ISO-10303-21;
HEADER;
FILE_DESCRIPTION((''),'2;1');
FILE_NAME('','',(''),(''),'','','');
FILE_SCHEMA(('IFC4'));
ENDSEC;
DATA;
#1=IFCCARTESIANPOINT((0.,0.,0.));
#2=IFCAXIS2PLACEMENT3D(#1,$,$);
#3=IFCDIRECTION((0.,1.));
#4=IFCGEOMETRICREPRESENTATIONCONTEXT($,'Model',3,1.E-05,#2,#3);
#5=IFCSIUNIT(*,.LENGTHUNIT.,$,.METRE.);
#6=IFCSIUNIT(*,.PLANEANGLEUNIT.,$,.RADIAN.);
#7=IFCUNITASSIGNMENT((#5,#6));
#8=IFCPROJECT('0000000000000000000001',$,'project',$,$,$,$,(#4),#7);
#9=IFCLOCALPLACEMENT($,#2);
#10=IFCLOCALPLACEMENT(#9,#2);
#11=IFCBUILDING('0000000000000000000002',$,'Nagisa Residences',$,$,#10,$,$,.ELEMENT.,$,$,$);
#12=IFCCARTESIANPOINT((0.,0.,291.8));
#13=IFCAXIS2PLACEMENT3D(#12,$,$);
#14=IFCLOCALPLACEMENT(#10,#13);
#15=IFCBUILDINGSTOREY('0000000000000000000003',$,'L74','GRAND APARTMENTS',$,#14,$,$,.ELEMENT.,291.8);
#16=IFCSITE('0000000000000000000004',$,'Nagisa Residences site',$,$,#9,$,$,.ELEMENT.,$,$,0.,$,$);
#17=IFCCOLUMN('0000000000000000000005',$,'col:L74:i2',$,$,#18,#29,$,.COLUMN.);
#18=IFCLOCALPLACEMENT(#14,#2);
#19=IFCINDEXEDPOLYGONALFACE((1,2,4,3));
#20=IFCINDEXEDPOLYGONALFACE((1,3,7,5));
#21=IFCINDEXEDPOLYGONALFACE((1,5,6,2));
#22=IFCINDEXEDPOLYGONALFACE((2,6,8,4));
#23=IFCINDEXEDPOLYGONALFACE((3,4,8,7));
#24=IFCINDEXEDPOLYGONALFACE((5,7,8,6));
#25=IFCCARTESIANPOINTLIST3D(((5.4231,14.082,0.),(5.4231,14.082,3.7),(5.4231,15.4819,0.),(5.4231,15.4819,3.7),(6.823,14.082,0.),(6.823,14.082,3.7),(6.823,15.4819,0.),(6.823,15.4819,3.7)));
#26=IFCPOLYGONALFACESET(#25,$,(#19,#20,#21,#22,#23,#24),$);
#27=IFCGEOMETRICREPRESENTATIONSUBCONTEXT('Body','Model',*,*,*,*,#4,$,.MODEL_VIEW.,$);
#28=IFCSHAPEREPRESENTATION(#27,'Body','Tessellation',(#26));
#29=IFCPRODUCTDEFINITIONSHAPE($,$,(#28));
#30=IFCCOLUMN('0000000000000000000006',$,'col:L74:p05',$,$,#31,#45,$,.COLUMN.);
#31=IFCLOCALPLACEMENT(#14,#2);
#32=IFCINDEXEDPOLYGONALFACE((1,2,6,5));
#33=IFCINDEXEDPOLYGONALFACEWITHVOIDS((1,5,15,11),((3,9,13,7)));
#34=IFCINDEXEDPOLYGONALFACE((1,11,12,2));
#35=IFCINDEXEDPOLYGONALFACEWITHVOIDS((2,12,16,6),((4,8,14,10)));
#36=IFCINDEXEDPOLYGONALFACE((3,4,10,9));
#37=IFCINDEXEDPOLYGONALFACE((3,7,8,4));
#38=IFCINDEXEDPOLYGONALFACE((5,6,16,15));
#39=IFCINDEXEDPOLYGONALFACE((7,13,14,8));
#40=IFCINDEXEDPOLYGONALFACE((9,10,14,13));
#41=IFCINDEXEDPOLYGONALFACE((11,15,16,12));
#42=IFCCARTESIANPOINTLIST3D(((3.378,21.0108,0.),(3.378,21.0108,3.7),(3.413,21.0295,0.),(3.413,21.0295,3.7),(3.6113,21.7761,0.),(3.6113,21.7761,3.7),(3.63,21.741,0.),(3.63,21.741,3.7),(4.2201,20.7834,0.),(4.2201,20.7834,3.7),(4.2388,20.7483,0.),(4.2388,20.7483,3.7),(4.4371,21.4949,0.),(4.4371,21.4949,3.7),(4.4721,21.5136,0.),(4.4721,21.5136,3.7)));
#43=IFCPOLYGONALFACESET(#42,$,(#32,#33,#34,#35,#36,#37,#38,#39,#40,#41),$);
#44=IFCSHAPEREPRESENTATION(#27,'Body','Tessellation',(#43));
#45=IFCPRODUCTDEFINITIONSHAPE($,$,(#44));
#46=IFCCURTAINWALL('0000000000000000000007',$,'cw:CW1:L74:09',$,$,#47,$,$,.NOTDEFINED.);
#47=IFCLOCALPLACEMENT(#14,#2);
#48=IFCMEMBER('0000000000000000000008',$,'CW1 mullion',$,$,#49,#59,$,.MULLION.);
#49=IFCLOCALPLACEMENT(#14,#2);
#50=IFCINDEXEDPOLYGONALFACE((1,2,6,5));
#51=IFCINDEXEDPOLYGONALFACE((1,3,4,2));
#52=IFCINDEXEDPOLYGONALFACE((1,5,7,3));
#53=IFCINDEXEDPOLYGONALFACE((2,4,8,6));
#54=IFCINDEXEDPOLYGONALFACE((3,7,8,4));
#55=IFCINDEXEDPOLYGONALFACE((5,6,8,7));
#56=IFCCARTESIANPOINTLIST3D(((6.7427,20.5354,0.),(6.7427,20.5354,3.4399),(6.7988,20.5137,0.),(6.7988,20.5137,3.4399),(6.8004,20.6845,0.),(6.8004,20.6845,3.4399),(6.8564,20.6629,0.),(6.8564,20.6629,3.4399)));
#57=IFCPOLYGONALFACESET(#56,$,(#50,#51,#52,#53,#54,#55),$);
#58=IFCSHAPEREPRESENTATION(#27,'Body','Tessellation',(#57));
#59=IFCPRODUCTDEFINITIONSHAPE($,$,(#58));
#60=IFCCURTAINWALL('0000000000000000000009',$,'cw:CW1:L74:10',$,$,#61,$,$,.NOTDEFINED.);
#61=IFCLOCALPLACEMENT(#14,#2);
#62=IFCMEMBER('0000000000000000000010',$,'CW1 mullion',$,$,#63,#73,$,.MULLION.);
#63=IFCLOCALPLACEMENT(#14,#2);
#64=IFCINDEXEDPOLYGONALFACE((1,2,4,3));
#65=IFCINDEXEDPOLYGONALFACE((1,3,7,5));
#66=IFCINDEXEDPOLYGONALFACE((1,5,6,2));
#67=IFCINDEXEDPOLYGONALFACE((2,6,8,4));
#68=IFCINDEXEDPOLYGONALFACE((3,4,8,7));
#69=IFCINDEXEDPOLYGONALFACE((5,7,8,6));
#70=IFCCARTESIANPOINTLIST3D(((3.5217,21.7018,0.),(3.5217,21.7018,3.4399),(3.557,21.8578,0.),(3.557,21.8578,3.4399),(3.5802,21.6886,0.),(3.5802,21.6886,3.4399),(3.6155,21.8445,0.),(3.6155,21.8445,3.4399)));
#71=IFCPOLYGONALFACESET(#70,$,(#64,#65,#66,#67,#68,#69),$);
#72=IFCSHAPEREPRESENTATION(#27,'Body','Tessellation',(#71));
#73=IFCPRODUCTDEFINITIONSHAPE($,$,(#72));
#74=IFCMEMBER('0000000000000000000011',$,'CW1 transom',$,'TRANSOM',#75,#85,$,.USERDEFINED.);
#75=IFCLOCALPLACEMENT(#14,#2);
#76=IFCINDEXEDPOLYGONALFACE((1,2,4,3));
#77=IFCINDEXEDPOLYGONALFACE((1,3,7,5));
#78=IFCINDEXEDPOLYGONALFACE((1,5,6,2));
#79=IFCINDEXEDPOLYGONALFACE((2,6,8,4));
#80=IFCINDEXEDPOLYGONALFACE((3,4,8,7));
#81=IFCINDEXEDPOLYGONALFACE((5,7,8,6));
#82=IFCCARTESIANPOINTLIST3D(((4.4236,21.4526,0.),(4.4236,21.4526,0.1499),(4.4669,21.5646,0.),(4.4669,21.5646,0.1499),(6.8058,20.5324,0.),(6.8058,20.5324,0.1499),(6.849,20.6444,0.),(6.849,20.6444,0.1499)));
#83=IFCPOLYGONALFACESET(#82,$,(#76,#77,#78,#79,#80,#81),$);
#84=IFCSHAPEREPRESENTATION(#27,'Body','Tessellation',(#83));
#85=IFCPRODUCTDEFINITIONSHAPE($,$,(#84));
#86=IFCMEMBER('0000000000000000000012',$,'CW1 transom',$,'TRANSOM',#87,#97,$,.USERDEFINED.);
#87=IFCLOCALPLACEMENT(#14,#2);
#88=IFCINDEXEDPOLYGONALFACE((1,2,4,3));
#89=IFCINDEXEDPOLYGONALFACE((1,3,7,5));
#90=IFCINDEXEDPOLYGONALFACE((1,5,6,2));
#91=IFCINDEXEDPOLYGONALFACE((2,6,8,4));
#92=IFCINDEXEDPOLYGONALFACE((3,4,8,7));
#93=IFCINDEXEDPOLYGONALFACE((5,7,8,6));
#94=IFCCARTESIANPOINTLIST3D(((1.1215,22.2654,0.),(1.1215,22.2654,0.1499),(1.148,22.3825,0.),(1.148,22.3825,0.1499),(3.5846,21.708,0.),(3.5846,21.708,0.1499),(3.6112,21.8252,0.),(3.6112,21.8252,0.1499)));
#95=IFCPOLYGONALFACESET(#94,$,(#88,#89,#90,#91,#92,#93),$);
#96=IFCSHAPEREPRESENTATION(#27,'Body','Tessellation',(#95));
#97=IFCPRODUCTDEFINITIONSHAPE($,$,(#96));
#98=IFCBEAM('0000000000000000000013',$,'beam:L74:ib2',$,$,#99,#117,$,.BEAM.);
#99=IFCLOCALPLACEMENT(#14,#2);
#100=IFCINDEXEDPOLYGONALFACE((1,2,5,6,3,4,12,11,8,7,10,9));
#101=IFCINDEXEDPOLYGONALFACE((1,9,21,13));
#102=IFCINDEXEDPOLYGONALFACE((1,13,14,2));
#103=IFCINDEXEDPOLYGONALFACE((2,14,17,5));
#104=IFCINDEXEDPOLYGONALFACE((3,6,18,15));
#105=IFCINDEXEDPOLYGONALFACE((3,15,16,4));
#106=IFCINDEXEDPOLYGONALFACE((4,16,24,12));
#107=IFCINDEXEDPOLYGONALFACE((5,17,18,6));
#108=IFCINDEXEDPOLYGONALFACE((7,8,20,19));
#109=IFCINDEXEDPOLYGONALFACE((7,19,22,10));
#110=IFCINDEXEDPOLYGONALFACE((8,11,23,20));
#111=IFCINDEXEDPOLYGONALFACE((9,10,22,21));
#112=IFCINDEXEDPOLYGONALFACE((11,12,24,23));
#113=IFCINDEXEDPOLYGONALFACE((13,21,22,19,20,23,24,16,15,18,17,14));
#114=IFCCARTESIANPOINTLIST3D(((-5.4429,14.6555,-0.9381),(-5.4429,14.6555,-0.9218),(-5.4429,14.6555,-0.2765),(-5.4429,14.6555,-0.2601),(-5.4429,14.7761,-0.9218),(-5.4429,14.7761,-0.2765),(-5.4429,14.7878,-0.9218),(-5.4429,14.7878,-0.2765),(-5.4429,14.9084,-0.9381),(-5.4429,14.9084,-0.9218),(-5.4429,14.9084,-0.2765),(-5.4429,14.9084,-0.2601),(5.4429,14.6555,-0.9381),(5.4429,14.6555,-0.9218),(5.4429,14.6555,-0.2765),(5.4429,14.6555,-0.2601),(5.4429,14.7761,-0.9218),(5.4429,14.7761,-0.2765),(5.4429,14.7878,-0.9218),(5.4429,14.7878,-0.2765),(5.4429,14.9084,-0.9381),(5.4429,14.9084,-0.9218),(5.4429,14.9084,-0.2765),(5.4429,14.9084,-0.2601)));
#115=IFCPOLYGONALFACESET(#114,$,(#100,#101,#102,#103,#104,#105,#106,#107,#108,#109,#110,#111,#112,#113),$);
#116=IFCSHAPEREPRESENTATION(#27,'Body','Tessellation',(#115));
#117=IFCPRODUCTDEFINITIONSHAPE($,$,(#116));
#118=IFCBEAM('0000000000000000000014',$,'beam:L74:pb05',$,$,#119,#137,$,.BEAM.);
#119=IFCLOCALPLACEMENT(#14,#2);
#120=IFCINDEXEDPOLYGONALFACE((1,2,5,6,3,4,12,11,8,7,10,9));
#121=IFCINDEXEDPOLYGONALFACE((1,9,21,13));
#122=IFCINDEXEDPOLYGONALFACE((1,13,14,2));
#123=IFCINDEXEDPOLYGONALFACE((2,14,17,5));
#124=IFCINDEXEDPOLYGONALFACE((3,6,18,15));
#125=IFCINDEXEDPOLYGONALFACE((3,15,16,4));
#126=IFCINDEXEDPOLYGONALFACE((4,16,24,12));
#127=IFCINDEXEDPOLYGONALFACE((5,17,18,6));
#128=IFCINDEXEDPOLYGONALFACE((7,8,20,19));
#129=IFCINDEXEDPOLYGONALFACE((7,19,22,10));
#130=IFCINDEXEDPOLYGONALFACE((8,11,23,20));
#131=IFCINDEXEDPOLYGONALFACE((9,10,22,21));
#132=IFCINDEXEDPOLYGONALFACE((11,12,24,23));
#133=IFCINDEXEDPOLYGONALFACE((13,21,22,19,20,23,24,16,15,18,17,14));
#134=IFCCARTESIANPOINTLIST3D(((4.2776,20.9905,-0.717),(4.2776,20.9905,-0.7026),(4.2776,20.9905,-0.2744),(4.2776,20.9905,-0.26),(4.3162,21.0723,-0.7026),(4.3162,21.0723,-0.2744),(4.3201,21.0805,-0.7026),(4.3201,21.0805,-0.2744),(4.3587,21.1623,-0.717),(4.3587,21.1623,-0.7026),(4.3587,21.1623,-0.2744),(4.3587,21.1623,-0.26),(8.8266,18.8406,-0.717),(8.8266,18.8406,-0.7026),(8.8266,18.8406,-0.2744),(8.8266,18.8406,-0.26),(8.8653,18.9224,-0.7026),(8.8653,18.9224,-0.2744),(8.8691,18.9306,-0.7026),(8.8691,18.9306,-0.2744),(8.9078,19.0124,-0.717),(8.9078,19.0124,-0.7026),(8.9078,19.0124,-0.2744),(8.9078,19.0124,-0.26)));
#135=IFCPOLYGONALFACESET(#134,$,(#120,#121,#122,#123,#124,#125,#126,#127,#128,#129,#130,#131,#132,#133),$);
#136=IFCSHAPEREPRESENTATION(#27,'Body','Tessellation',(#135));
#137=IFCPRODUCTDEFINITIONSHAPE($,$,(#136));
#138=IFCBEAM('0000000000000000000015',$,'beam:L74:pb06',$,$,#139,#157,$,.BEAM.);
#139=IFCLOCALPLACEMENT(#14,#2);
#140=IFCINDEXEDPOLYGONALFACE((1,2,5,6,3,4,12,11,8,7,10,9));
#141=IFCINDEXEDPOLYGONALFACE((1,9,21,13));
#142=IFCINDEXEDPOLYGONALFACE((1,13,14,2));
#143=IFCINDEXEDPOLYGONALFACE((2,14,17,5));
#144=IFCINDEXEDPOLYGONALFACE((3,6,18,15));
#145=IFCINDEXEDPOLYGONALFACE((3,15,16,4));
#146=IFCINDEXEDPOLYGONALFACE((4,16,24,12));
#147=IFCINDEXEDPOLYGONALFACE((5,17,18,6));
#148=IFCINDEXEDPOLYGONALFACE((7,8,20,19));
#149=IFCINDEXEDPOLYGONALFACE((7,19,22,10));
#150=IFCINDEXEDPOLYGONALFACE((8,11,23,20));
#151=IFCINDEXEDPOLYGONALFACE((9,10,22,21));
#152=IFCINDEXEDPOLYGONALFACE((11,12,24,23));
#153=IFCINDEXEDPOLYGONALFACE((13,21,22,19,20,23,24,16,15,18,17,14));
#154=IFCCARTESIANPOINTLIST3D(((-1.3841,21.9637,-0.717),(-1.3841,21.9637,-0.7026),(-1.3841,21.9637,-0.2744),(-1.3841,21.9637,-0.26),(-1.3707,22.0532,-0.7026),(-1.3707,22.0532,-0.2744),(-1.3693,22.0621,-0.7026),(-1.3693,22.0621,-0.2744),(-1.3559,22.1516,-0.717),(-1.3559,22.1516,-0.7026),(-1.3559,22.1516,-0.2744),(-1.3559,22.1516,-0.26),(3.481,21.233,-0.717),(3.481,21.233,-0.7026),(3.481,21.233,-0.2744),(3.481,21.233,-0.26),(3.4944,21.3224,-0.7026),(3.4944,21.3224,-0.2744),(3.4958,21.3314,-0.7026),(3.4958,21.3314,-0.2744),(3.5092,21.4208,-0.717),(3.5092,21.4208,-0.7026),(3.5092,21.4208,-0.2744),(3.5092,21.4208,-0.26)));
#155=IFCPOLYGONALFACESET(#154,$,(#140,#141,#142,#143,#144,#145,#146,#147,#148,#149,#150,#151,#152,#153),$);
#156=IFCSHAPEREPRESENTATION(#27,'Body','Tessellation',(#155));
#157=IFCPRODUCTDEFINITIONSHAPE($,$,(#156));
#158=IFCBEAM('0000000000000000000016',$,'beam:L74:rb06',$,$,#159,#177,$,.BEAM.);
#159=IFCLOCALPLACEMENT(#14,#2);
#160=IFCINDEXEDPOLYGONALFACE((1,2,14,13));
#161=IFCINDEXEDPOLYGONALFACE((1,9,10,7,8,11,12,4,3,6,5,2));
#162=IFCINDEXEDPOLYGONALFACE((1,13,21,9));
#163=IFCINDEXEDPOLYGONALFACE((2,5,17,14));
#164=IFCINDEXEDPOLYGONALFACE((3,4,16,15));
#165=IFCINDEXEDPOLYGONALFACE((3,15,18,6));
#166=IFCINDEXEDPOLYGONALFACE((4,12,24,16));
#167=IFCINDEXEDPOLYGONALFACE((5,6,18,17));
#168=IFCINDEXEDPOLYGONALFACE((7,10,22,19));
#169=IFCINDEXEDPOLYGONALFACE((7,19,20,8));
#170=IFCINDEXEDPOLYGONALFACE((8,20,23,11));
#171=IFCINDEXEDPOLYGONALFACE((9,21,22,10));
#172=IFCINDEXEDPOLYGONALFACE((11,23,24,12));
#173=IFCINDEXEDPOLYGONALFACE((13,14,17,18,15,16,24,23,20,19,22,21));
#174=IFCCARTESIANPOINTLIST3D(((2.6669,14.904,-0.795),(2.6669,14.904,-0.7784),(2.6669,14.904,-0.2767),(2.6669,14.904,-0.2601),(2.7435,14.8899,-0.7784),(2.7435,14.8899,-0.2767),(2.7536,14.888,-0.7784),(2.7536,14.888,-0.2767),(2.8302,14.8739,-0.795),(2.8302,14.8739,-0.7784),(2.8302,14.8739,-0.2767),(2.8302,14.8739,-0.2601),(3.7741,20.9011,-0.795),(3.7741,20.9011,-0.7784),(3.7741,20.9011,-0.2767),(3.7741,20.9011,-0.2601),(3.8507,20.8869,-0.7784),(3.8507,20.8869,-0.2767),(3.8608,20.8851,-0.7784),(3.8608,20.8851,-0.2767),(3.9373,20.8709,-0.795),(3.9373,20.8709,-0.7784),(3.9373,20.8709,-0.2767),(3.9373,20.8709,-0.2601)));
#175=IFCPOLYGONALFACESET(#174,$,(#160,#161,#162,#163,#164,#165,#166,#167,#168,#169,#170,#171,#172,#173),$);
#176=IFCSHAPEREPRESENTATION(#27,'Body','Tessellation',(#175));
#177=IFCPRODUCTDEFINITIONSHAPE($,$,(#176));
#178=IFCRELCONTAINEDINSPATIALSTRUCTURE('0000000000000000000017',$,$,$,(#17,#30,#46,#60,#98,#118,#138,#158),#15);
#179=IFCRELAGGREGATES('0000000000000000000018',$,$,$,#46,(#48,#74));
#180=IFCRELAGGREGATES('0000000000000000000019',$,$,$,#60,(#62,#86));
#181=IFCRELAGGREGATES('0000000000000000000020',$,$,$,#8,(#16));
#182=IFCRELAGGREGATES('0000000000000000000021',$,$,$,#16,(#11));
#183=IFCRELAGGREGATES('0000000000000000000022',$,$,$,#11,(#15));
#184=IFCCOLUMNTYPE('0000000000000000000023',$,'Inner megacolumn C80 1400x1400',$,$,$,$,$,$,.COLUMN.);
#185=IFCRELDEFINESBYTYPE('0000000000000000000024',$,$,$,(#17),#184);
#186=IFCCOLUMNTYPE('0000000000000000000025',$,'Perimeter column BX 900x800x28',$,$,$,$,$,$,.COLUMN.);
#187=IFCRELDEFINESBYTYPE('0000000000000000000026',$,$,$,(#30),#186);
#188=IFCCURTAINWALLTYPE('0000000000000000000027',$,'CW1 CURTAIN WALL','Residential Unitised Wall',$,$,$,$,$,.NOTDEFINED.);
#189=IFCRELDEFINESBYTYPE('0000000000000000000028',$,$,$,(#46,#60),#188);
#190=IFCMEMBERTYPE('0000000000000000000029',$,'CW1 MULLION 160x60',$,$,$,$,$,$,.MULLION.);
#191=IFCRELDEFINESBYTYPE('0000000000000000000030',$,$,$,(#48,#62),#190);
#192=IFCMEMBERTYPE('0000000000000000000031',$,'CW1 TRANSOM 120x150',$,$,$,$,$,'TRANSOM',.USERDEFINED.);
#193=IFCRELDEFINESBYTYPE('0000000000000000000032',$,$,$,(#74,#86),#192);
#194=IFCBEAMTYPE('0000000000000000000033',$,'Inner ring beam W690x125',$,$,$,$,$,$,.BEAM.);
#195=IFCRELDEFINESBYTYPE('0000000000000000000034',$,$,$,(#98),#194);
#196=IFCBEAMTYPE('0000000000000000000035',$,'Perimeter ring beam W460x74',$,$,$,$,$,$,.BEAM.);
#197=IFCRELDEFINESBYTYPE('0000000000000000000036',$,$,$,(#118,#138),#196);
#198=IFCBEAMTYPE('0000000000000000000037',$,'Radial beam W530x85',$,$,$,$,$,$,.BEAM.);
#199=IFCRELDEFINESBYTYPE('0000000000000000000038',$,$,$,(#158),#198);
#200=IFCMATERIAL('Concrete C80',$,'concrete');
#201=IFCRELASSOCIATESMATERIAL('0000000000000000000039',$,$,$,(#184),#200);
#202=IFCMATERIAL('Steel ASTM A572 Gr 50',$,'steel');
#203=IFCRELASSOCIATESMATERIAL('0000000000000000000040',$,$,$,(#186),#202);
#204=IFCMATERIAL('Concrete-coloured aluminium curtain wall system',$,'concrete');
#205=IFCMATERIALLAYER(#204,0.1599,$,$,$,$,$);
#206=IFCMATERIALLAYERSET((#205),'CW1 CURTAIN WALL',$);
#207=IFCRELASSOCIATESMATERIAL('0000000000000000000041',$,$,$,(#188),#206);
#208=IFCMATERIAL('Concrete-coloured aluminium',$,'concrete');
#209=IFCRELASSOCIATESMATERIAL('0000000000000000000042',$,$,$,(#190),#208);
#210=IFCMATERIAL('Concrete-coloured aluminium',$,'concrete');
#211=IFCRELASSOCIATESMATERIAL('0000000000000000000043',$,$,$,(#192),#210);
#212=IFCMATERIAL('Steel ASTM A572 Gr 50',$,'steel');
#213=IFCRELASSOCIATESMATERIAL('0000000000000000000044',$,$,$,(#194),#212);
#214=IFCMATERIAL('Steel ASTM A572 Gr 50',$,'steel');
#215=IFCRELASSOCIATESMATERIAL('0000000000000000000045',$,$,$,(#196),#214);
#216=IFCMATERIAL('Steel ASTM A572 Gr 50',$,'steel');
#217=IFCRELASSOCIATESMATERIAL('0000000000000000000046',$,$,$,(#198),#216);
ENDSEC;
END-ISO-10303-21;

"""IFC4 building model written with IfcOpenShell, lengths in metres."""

from ifc_helpers import new_model, si_unit, direction, frame, origin, origin_2d, place, context, subcontext, project, spatial, rectangle, hollow_rectangle, i_section, extrude, material, layer, layer_set, material_profile, profile_set, type_object, element, aggregate, save


model = new_model("IFC4")

# Units and contexts
model_context = context("Model", 3, precision=1e-05, world=origin(), true_north=direction((0.0, 1.0)))
body_context = subcontext(model_context, "Body", "Model", "MODEL_VIEW")
ifc_project = project(units=[si_unit("LENGTHUNIT", "METRE"), si_unit("PLANEANGLEUNIT", "RADIAN")], contexts=[model_context])

# Site, building, storey
site_placement = place(None, origin())
site = spatial("IfcSite", under=ifc_project, at=site_placement, Name="Nagisa Residences site", CompositionType="ELEMENT", RefElevation=0.0)
building_placement = place(site_placement, origin())
building = spatial("IfcBuilding", under=site, at=building_placement, Name="Nagisa Residences", CompositionType="ELEMENT")
storey_placement = place(building_placement, frame((0.0, 0.0, 291.8)))
storey = spatial("IfcBuildingStorey", under=building, at=storey_placement, Name="L74", Description="GRAND APARTMENTS", CompositionType="ELEMENT", Elevation=291.8)

# Columns
ifc_material_1 = material(Name="Concrete C80", Category="concrete")
ifc_material_profile_1 = material_profile(ifc_material_1, rectangle(XDim=1.3999, YDim=1.3999, at=origin_2d()), Name="C80 1400x1400")
ifc_profile_set_1 = profile_set([ifc_material_profile_1], Name="Concrete C80")
column_type_1 = type_object("IfcColumnType", Name="Inner megacolumn C80 1400x1400", PredefinedType="COLUMN", material=ifc_profile_set_1)
column_1_placement = place(storey_placement, frame((6.123, 14.782, 0.0), z_axis=(0.0, 0.0, 1.0), x_axis=(1.0, 0.0, 0.0)))
element("IfcColumn", 1, at=column_1_placement, inside=storey, type_object=column_type_1, Name="col:L74:i2", PredefinedType="COLUMN", context=body_context, shape_type="SweptSolid", body=[
    extrude(rectangle(XDim=1.3999, YDim=1.3999, at=origin_2d()), origin(), (0.0, 0.0, 1.0), 3.7),
])
ifc_material_2 = material(Name="Steel ASTM A572 Gr 50", Category="steel")
ifc_material_profile_2 = material_profile(ifc_material_2, hollow_rectangle(XDim=0.8999, YDim=0.8, WallThickness=0.0281, at=origin_2d()), Name="BX 900x800x28")
ifc_profile_set_2 = profile_set([ifc_material_profile_2], Name="Steel ASTM A572 Gr 50")
column_type_2 = type_object("IfcColumnType", Name="Perimeter column BX 900x800x28", PredefinedType="COLUMN", material=ifc_profile_set_2)
column_2_placement = place(storey_placement, frame((3.925, 21.2622, 0.0), z_axis=(0.0, 0.0, 1.0), x_axis=(-0.956525, 0.291652, 0.0)))
element("IfcColumn", 2, at=column_2_placement, inside=storey, type_object=column_type_2, Name="col:L74:p05", PredefinedType="COLUMN", context=body_context, shape_type="SweptSolid", body=[
    extrude(hollow_rectangle(XDim=0.8999, YDim=0.8, WallThickness=0.0281, at=origin_2d()), origin(), (0.0, 0.0, 1.0), 3.7),
])

# Curtain walls, members
ifc_material_3 = material(Name="Concrete-coloured aluminium curtain wall system", Category="concrete")
ifc_layer_1 = layer(ifc_material_3, 0.1599)
ifc_layer_set_1 = layer_set([ifc_layer_1], Name="CW1 CURTAIN WALL")
curtain_wall_type = type_object("IfcCurtainWallType", Name="CW1 CURTAIN WALL", Description="Residential Unitised Wall", PredefinedType="NOTDEFINED", material=ifc_layer_set_1)
curtain_wall_1_placement = place(storey_placement, origin())
curtain_wall_1 = element("IfcCurtainWall", 3, at=curtain_wall_1_placement, inside=storey, type_object=curtain_wall_type, Name="cw:CW1:L74:09", PredefinedType="NOTDEFINED")
ifc_material_4 = material(Name="Concrete-coloured aluminium", Category="concrete")
ifc_material_profile_3 = material_profile(ifc_material_4, rectangle(XDim=0.1599, YDim=0.0601, at=origin_2d()), Name="CW1 MULLION 160x60")
ifc_profile_set_3 = profile_set([ifc_material_profile_3], Name="Concrete-coloured aluminium")
member_type_1 = type_object("IfcMemberType", Name="CW1 MULLION 160x60", PredefinedType="MULLION", material=ifc_profile_set_3)
member_1_placement = place(storey_placement, frame((6.7996, 20.5991, 0.0), z_axis=(0.0, 0.0, 1.0), x_axis=(-0.360328, -0.932826, 0.0)))
member_1 = element("IfcMember", 4, at=member_1_placement, type_object=member_type_1, Name="CW1 mullion", PredefinedType="MULLION", context=body_context, shape_type="SweptSolid", body=[
    extrude(rectangle(XDim=0.1599, YDim=0.0601, at=origin_2d()), origin(), (0.0, 0.0, 1.0), 3.4399),
])
curtain_wall_2_placement = place(storey_placement, origin())
curtain_wall_2 = element("IfcCurtainWall", 5, at=curtain_wall_2_placement, inside=storey, type_object=curtain_wall_type, Name="cw:CW1:L74:10", PredefinedType="NOTDEFINED")
member_2_placement = place(storey_placement, frame((3.5686, 21.7732, 0.0), z_axis=(0.0, 0.0, 1.0), x_axis=(-0.220764, -0.975327, 0.0)))
member_2 = element("IfcMember", 6, at=member_2_placement, type_object=member_type_1, Name="CW1 mullion", PredefinedType="MULLION", context=body_context, shape_type="SweptSolid", body=[
    extrude(rectangle(XDim=0.1599, YDim=0.0601, at=origin_2d()), origin(), (0.0, 0.0, 1.0), 3.4399),
])

# Members
ifc_material_5 = material(Name="Concrete-coloured aluminium", Category="concrete")
ifc_material_profile_4 = material_profile(ifc_material_5, rectangle(XDim=0.1201, YDim=0.1499, at=origin_2d()), Name="CW1 TRANSOM 120x150")
ifc_profile_set_4 = profile_set([ifc_material_profile_4], Name="Concrete-coloured aluminium")
member_type_2 = type_object("IfcMemberType", Name="CW1 TRANSOM 120x150", ElementType="TRANSOM", PredefinedType="USERDEFINED", material=ifc_profile_set_4)
member_3_placement = place(storey_placement, frame((6.8274, 20.5884, 0.075), z_axis=(-0.932822, 0.360337, 0.0), x_axis=(-0.360337, -0.932822, 0.0)))
member_3 = element("IfcMember", 7, at=member_3_placement, type_object=member_type_2, Name="CW1 transom", ObjectType="TRANSOM", PredefinedType="USERDEFINED", context=body_context, shape_type="SweptSolid", body=[
    extrude(rectangle(XDim=0.1201, YDim=0.1499, at=origin_2d()), origin(), (0.0, 0.0, 1.0), 2.5537),
])
member_4_placement = place(storey_placement, frame((3.5979, 21.7666, 0.075), z_axis=(-0.97534, 0.220706, 0.0), x_axis=(-0.220706, -0.97534, 0.0)))
member_4 = element("IfcMember", 8, at=member_4_placement, type_object=member_type_2, Name="CW1 transom", ObjectType="TRANSOM", PredefinedType="USERDEFINED", context=body_context, shape_type="SweptSolid", body=[
    extrude(rectangle(XDim=0.1201, YDim=0.1499, at=origin_2d()), origin(), (0.0, 0.0, 1.0), 2.5254),
])

# Beams
ifc_material_6 = material(Name="Steel ASTM A572 Gr 50", Category="steel")
ifc_material_profile_5 = material_profile(ifc_material_6, i_section(OverallWidth=0.2529, OverallDepth=0.678, WebThickness=0.0117, FlangeThickness=0.0164, at=origin_2d()), Name="W690x125")
ifc_profile_set_5 = profile_set([ifc_material_profile_5], Name="Steel ASTM A572 Gr 50")
beam_type_1 = type_object("IfcBeamType", Name="Inner ring beam W690x125", PredefinedType="BEAM", material=ifc_profile_set_5)
beam_1_placement = place(storey_placement, frame((5.4429, 14.782, -0.5991), z_axis=(-1.0, 0.0, 0.0), x_axis=(0.0, -1.0, 0.0)))
element("IfcBeam", 9, at=beam_1_placement, inside=storey, type_object=beam_type_1, Name="beam:L74:ib2", PredefinedType="BEAM", context=body_context, shape_type="SweptSolid", body=[
    extrude(i_section(OverallWidth=0.2529, OverallDepth=0.678, WebThickness=0.0117, FlangeThickness=0.0164, at=origin_2d()), origin(), (0.0, 0.0, 1.0), 10.8857),
])
ifc_material_7 = material(Name="Steel ASTM A572 Gr 50", Category="steel")
ifc_material_profile_6 = material_profile(ifc_material_7, i_section(OverallWidth=0.1899, OverallDepth=0.457, WebThickness=0.009, FlangeThickness=0.0144, at=origin_2d()), Name="W460x74")
ifc_profile_set_6 = profile_set([ifc_material_profile_6], Name="Steel ASTM A572 Gr 50")
beam_type_2 = type_object("IfcBeamType", Name="Perimeter ring beam W460x74", PredefinedType="BEAM", material=ifc_profile_set_6)
beam_2_placement = place(storey_placement, frame((8.8672, 18.9265, -0.4885), z_axis=(-0.904116, 0.427287, 0.0), x_axis=(-0.427287, -0.904116, 0.0)))
element("IfcBeam", 10, at=beam_2_placement, inside=storey, type_object=beam_type_2, Name="beam:L74:pb05", PredefinedType="BEAM", context=body_context, shape_type="SweptSolid", body=[
    extrude(i_section(OverallWidth=0.1899, OverallDepth=0.457, WebThickness=0.009, FlangeThickness=0.0144, at=origin_2d()), origin(), (0.0, 0.0, 1.0), 5.0315),
])
beam_3_placement = place(storey_placement, frame((3.4951, 21.3269, -0.4885), z_axis=(-0.988908, 0.148532, 0.0), x_axis=(-0.148532, -0.988908, 0.0)))
element("IfcBeam", 11, at=beam_3_placement, inside=storey, type_object=beam_type_2, Name="beam:L74:pb06", PredefinedType="BEAM", context=body_context, shape_type="SweptSolid", body=[
    extrude(i_section(OverallWidth=0.1899, OverallDepth=0.457, WebThickness=0.009, FlangeThickness=0.0144, at=origin_2d()), origin(), (0.0, 0.0, 1.0), 4.9197),
])
ifc_material_8 = material(Name="Steel ASTM A572 Gr 50", Category="steel")
ifc_material_profile_7 = material_profile(ifc_material_8, i_section(OverallWidth=0.166, OverallDepth=0.5349, WebThickness=0.0103, FlangeThickness=0.0166, at=origin_2d()), Name="W530x85")
ifc_profile_set_7 = profile_set([ifc_material_profile_7], Name="Steel ASTM A572 Gr 50")
beam_type_3 = type_object("IfcBeamType", Name="Radial beam W530x85", PredefinedType="BEAM", material=ifc_profile_set_7)
beam_4_placement = place(storey_placement, frame((3.8557, 20.886, -0.5276), z_axis=(-0.181552, -0.983381, 0.0), x_axis=(0.983381, -0.181552, 0.0)))
element("IfcBeam", 12, at=beam_4_placement, inside=storey, type_object=beam_type_3, Name="beam:L74:rb06", PredefinedType="BEAM", context=body_context, shape_type="SweptSolid", body=[
    extrude(i_section(OverallWidth=0.166, OverallDepth=0.5349, WebThickness=0.0103, FlangeThickness=0.0166, at=origin_2d()), origin(), (0.0, 0.0, 1.0), 6.0984),
])

aggregate(curtain_wall_1, [member_1, member_3])
aggregate(curtain_wall_2, [member_2, member_4])

save(model, "model.ifc")
